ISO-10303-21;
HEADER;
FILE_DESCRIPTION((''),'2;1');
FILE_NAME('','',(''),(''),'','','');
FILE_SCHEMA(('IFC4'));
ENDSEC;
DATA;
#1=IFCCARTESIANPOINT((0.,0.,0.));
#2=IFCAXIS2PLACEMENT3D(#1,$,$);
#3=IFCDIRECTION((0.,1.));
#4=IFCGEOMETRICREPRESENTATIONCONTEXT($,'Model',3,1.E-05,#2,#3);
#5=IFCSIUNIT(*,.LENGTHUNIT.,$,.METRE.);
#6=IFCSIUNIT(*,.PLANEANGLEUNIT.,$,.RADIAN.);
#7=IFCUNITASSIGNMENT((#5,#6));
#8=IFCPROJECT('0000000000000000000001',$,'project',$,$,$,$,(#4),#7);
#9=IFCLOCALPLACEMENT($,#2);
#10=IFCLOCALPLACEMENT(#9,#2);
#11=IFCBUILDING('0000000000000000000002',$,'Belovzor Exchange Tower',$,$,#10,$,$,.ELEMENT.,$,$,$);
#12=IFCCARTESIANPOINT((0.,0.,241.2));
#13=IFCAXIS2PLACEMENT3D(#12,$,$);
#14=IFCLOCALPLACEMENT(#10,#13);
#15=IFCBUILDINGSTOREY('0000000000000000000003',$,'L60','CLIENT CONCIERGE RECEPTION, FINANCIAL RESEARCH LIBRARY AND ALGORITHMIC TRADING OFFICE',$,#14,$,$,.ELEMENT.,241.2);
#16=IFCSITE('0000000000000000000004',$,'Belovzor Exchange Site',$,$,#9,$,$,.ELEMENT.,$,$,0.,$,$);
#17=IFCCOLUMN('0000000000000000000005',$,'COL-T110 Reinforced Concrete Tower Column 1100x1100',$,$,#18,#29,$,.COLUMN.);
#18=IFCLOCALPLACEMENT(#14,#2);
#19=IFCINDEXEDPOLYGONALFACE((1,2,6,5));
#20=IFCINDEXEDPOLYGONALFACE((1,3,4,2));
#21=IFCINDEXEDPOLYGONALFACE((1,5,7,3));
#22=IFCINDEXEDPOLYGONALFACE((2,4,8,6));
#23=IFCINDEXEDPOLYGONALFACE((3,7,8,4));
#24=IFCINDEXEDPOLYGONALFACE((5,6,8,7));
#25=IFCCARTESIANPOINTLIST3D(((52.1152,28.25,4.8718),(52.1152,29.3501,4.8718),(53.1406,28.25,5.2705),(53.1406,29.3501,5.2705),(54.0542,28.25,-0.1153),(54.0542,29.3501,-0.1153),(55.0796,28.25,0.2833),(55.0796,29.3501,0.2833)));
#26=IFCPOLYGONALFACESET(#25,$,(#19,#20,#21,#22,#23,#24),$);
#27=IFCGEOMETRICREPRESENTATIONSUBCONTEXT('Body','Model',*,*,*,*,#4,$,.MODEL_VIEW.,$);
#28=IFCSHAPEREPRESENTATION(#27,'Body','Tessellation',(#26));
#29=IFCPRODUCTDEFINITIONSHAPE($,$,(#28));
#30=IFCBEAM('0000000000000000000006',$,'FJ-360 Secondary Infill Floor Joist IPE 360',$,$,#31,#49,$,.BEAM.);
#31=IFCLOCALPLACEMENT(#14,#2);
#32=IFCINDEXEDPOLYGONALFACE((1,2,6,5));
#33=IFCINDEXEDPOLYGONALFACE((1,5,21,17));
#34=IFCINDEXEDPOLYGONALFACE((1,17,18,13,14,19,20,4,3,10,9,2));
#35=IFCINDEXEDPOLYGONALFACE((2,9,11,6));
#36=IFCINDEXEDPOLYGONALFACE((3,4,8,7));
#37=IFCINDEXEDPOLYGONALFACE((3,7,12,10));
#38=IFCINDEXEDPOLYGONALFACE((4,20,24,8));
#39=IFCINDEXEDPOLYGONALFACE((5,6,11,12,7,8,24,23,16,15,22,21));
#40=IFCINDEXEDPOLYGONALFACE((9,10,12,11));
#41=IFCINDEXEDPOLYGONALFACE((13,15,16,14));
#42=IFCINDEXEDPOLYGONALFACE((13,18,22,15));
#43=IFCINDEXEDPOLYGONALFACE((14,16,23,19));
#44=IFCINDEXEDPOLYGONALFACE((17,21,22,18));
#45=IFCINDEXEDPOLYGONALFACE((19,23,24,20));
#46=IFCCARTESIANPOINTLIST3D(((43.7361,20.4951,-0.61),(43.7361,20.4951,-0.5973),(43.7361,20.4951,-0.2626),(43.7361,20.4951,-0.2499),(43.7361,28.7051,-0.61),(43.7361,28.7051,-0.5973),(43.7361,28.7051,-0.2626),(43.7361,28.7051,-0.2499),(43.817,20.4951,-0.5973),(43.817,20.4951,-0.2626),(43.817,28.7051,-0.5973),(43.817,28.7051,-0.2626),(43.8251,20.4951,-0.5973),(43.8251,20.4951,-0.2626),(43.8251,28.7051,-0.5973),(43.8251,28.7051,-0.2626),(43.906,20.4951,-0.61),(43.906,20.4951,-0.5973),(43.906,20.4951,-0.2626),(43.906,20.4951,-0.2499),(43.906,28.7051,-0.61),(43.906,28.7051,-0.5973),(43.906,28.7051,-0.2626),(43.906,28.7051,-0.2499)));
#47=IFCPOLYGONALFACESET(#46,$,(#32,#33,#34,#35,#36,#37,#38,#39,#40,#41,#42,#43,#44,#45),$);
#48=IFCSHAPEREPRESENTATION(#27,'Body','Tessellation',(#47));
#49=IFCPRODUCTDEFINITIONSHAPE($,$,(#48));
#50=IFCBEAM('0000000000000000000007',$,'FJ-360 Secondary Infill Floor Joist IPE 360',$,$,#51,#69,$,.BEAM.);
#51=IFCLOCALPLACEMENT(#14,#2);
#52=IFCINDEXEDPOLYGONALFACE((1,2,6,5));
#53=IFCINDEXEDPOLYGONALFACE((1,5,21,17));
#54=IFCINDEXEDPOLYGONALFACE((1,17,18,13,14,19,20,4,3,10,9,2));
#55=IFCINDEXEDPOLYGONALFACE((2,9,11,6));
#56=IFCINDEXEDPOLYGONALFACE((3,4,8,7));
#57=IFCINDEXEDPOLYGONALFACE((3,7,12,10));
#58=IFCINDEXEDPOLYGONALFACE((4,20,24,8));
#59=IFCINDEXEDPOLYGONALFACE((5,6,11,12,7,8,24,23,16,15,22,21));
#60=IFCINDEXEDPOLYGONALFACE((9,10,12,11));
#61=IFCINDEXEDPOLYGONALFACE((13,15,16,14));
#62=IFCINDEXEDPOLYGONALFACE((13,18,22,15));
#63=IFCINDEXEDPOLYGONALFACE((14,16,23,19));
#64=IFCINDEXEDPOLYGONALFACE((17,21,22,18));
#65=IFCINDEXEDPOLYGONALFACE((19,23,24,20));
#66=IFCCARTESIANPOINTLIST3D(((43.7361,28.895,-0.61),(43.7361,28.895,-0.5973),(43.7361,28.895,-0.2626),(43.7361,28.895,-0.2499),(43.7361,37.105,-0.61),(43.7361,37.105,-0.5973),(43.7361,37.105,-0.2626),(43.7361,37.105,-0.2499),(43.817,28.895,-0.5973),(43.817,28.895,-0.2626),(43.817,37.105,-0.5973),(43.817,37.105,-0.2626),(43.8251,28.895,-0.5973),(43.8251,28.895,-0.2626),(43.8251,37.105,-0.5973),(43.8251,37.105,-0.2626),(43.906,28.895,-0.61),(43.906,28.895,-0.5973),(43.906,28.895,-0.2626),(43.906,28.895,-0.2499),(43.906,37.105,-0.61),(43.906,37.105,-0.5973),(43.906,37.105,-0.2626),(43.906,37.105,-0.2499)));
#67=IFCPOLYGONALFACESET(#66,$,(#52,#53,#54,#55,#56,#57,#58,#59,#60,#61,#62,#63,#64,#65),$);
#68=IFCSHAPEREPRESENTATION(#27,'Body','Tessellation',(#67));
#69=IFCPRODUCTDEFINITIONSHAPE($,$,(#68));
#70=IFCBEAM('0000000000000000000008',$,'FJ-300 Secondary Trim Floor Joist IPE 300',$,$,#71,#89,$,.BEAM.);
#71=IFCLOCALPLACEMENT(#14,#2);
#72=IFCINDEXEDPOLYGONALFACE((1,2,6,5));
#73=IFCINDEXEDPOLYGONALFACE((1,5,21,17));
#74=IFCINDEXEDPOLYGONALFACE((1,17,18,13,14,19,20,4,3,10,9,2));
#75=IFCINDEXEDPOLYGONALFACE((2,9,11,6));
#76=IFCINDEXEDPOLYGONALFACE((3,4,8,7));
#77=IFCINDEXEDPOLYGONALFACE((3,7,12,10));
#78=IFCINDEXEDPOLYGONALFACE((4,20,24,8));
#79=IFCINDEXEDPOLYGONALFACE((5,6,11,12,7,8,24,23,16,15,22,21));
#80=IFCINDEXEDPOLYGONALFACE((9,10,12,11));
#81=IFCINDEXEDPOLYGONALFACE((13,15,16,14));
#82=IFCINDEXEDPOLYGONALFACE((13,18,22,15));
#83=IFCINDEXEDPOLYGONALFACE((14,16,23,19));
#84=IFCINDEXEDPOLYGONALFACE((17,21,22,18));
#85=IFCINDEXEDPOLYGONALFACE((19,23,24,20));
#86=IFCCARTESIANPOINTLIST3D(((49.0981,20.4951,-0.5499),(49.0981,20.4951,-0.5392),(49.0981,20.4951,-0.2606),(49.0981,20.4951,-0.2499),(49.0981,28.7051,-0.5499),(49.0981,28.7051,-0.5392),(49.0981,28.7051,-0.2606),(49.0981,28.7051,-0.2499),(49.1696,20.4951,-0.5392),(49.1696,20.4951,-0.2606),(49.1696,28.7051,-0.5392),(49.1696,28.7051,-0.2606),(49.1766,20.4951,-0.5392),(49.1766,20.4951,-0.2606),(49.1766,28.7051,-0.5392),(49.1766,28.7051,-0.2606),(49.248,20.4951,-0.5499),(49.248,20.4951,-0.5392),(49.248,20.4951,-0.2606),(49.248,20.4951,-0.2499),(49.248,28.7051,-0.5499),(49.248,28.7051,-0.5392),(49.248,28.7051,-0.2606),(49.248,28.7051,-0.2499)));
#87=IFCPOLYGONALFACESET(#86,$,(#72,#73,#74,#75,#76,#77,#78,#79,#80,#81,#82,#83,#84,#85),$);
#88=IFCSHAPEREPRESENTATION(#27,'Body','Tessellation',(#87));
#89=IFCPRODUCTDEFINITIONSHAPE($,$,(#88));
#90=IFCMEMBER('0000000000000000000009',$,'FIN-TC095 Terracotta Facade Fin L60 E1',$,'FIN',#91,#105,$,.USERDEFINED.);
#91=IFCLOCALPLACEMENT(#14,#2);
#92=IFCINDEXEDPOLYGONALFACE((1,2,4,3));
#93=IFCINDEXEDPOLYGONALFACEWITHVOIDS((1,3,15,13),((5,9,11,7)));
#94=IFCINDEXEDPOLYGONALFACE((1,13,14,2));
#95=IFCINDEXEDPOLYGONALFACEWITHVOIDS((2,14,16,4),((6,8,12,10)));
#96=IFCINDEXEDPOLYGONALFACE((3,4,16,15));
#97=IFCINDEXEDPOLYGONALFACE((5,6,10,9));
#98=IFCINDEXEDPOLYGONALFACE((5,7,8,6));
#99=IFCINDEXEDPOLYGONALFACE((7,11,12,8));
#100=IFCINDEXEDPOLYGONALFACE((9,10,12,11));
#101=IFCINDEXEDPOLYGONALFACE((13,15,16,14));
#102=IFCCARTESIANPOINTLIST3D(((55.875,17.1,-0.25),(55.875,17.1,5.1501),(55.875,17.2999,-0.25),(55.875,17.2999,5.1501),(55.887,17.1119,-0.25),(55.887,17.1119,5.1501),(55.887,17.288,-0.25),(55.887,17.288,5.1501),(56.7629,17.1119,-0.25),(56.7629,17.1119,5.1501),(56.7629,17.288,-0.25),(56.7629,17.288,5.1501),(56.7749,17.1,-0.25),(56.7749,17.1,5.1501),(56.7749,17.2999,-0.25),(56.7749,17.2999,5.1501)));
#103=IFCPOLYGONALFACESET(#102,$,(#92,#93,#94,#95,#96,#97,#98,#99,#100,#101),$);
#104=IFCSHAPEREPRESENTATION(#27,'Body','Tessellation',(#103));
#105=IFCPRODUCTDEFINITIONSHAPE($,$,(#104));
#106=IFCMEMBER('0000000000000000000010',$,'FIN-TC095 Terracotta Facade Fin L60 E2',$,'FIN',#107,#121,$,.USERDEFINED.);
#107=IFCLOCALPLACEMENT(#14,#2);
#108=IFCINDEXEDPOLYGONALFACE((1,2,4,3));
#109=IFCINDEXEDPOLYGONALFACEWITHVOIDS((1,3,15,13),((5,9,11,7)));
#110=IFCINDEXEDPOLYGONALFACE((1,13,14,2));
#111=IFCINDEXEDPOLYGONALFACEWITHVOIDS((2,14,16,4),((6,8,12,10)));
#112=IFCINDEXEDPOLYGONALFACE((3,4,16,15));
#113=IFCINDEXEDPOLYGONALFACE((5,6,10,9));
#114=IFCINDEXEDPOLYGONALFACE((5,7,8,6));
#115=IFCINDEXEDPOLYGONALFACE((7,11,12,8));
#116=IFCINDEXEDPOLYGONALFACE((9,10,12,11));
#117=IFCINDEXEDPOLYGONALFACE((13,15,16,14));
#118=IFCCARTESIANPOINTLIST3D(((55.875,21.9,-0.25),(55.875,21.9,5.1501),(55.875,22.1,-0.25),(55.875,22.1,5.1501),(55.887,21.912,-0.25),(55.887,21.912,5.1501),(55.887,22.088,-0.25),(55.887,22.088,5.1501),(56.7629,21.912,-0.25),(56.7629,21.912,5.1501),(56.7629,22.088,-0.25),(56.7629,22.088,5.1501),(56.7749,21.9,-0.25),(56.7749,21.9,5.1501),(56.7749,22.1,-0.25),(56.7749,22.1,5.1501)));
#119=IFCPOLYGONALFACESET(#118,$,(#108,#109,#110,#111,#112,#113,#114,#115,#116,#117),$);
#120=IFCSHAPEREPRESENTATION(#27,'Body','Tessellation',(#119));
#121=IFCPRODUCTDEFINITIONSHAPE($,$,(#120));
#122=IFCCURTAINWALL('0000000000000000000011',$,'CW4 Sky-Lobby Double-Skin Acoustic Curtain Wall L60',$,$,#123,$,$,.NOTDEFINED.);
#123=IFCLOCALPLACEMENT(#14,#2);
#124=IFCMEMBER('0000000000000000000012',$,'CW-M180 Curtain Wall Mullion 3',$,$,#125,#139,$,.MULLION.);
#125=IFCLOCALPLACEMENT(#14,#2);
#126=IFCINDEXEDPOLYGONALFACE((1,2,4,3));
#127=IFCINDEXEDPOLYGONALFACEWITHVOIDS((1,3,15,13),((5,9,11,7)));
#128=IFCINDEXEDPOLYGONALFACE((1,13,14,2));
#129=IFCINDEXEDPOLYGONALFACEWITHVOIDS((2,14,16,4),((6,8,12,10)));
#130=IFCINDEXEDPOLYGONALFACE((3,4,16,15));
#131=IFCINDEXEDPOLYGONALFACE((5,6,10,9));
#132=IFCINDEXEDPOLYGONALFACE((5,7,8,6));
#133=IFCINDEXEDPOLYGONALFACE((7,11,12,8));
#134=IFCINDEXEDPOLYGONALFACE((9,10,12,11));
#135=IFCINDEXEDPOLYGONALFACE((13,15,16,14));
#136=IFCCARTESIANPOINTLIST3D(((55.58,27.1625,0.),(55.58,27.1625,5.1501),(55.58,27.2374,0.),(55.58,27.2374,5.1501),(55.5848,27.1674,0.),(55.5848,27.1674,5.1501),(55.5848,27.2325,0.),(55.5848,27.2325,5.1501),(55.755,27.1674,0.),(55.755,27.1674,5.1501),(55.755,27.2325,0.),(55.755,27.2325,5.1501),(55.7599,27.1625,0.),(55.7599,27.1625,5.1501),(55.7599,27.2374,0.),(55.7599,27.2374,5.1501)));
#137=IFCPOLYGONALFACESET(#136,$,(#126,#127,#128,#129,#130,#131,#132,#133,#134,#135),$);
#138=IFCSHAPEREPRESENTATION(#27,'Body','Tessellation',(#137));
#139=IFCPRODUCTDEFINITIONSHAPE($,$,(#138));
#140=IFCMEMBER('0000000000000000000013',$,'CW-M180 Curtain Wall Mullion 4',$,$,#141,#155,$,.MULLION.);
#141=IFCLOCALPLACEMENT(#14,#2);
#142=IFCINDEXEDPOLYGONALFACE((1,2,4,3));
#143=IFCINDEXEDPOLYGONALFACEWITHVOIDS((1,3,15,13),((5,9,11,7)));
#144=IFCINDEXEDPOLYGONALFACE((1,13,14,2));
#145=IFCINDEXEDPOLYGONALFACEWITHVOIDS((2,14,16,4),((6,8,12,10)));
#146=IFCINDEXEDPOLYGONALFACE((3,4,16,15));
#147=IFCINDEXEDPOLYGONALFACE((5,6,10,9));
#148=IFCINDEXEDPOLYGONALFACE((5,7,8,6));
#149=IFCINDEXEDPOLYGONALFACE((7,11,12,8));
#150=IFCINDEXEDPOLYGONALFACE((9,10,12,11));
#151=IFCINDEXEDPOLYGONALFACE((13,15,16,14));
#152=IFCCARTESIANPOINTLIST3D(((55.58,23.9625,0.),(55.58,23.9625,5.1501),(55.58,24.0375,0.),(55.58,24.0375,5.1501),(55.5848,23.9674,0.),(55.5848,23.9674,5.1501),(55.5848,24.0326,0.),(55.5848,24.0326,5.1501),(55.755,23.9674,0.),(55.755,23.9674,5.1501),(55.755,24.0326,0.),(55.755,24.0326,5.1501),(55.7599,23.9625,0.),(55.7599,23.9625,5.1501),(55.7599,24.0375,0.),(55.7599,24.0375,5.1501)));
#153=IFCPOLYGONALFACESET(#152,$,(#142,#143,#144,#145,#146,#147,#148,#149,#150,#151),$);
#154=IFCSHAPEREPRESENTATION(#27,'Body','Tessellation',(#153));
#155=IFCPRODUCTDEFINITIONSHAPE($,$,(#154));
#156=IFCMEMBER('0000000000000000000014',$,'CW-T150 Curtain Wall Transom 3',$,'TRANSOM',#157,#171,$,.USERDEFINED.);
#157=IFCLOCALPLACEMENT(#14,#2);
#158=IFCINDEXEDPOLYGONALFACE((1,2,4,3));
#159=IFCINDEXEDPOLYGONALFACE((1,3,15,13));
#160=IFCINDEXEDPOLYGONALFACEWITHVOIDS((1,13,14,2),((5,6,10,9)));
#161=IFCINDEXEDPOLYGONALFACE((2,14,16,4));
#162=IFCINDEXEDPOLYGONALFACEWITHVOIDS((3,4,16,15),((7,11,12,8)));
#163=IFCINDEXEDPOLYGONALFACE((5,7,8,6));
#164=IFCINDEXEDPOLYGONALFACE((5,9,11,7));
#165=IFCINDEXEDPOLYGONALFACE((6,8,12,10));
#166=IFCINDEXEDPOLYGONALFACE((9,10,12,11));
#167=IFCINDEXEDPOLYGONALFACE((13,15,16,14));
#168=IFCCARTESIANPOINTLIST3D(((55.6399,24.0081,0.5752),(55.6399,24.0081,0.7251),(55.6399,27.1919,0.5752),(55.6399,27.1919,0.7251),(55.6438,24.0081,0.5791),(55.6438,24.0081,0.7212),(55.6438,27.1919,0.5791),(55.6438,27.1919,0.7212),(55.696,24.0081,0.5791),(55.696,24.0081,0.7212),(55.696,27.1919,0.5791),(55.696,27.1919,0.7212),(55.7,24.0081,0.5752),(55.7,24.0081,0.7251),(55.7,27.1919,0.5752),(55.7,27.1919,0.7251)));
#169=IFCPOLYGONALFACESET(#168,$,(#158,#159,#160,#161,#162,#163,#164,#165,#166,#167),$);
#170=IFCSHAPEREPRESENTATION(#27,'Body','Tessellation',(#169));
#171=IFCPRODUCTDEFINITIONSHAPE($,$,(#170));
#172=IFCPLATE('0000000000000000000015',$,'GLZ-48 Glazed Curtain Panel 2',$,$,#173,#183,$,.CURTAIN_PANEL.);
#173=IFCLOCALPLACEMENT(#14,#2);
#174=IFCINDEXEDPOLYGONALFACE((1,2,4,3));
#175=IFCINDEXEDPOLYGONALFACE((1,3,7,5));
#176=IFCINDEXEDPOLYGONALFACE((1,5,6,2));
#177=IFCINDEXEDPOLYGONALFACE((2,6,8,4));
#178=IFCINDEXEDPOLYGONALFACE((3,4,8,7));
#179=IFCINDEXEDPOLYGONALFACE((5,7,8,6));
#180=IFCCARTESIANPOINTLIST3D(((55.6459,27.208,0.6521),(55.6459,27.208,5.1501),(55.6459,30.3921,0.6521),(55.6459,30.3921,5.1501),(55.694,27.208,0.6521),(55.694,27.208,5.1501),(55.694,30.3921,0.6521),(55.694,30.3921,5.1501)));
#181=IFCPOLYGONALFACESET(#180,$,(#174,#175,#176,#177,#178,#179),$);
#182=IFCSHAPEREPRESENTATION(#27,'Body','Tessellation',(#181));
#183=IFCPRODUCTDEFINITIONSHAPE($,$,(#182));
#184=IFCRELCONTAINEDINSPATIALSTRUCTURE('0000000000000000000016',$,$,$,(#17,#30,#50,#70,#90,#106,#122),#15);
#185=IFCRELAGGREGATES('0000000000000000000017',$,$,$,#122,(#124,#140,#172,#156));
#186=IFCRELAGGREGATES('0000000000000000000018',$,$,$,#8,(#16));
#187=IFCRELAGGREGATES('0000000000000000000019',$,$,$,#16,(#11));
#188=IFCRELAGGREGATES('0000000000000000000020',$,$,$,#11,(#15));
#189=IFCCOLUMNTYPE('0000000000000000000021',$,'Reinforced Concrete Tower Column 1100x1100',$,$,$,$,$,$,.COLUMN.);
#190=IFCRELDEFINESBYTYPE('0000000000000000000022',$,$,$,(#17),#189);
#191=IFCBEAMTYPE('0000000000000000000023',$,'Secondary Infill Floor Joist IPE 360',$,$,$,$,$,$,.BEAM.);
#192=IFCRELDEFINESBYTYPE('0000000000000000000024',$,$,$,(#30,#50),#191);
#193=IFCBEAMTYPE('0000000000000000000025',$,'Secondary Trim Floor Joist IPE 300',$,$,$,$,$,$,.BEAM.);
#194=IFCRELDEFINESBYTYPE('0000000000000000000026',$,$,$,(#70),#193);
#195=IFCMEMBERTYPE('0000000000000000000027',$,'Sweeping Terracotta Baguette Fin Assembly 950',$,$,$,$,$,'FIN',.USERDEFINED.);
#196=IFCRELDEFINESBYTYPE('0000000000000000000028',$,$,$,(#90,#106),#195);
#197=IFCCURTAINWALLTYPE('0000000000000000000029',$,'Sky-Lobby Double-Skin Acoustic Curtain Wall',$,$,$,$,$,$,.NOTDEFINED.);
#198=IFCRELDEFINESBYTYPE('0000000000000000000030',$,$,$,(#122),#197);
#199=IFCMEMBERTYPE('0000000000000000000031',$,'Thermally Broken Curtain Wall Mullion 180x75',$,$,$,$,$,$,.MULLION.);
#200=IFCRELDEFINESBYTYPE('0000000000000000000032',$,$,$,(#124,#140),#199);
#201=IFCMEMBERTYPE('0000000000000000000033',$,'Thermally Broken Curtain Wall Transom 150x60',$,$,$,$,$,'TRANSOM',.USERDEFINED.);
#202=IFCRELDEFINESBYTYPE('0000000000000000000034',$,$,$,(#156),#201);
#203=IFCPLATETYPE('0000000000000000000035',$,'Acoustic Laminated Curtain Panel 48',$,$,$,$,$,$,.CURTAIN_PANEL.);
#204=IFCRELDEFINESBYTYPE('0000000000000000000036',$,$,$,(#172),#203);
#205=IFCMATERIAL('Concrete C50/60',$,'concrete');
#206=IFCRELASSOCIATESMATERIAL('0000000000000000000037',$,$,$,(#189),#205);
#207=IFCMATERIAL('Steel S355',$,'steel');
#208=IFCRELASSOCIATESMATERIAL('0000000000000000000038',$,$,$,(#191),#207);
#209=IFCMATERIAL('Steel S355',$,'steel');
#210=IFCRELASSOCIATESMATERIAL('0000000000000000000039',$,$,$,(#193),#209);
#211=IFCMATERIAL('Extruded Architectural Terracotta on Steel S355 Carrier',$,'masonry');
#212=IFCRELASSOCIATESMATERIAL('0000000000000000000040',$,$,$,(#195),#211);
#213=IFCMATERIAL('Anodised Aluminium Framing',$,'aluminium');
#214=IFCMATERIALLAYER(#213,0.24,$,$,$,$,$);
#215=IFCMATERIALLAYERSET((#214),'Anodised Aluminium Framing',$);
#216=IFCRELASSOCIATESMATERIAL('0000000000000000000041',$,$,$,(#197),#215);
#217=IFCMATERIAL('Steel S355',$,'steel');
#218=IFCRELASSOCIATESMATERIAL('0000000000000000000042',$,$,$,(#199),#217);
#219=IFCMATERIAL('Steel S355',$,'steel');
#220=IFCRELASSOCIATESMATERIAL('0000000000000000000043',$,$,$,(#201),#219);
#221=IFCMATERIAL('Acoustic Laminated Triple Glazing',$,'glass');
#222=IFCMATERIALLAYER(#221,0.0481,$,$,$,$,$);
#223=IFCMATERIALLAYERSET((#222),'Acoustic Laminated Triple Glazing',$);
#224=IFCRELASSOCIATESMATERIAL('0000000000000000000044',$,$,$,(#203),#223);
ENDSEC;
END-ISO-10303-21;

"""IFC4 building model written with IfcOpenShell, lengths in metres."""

from ifc_helpers import new_model, si_unit, direction, frame, origin, origin_2d, place, context, subcontext, project, spatial, rectangle, hollow_rectangle, i_section, extrude, material, layer, layer_set, material_profile, profile_set, type_object, element, aggregate, save


model = new_model("IFC4")

# Units and contexts
model_context = context("Model", 3, precision=1e-05, world=origin(), true_north=direction((0.0, 1.0)))
body_context = subcontext(model_context, "Body", "Model", "MODEL_VIEW")
ifc_project = project(units=[si_unit("LENGTHUNIT", "METRE"), si_unit("PLANEANGLEUNIT", "RADIAN")], contexts=[model_context])

# Site, building, storey
site_placement = place(None, origin())
site = spatial("IfcSite", under=ifc_project, at=site_placement, Name="Belovzor Exchange Site", CompositionType="ELEMENT", RefElevation=0.0)
building_placement = place(site_placement, origin())
building = spatial("IfcBuilding", under=site, at=building_placement, Name="Belovzor Exchange Tower", CompositionType="ELEMENT")
storey_placement = place(building_placement, frame((0.0, 0.0, 241.2)))
storey = spatial("IfcBuildingStorey", under=building, at=storey_placement, Name="L60", Description="CLIENT CONCIERGE RECEPTION, FINANCIAL RESEARCH LIBRARY AND ALGORITHMIC TRADING OFFICE", CompositionType="ELEMENT", Elevation=241.2)

# Column
ifc_material_1 = material(Name="Concrete C50/60", Category="concrete")
ifc_material_profile_1 = material_profile(ifc_material_1, rectangle(XDim=1.1001, YDim=1.1001, at=origin_2d()))
ifc_profile_set_1 = profile_set([ifc_material_profile_1], Name="Concrete C50/60")
column_type = type_object("IfcColumnType", Name="Reinforced Concrete Tower Column 1100x1100", PredefinedType="COLUMN", material=ifc_profile_set_1)
column_placement = place(storey_placement, frame((54.5669, 28.8, 0.084), z_axis=(-0.362374, 0.0, 0.932033), x_axis=(0.0, -1.0, 0.0)))
element("IfcColumn", 1, at=column_placement, inside=storey, type_object=column_type, Name="COL-T110 Reinforced Concrete Tower Column 1100x1100", PredefinedType="COLUMN", context=body_context, shape_type="SweptSolid", body=[
    extrude(rectangle(XDim=1.1001, YDim=1.1001, at=origin_2d()), origin(), (0.0, 0.0, 1.0), 5.3508),
])

# Beams
ifc_material_2 = material(Name="Steel S355", Category="steel")
ifc_material_profile_2 = material_profile(ifc_material_2, i_section(OverallWidth=0.1699, OverallDepth=0.3601, WebThickness=0.0081, FlangeThickness=0.0127, at=origin_2d()))
ifc_profile_set_2 = profile_set([ifc_material_profile_2], Name="Steel S355")
beam_type_1 = type_object("IfcBeamType", Name="Secondary Infill Floor Joist IPE 360", PredefinedType="BEAM", material=ifc_profile_set_2)
for number, where, z_axis, x_axis, name in (
    (2, (43.821, 20.4951, -0.4299), (0.0, 1.0, 0.0), (-1.0, 0.0, 0.0), "FJ-360 Secondary Infill Floor Joist IPE 360"),
    (3, (43.821, 28.895, -0.4299), (0.0, 1.0, 0.0), (-1.0, 0.0, 0.0), "FJ-360 Secondary Infill Floor Joist IPE 360"),
):
    element("IfcBeam", number, at=place(storey_placement, frame(where, z_axis=z_axis, x_axis=x_axis)), inside=storey, type_object=beam_type_1, Name=name, PredefinedType="BEAM", context=body_context, shape_type="SweptSolid", body=[
        extrude(i_section(OverallWidth=0.1699, OverallDepth=0.3601, WebThickness=0.0081, FlangeThickness=0.0127, at=origin_2d()), origin(), (0.0, 0.0, 1.0), 8.21),
    ])
ifc_material_3 = material(Name="Steel S355", Category="steel")
ifc_material_profile_3 = material_profile(ifc_material_3, i_section(OverallWidth=0.1499, OverallDepth=0.3, WebThickness=0.0071, FlangeThickness=0.0107, at=origin_2d()))
ifc_profile_set_3 = profile_set([ifc_material_profile_3], Name="Steel S355")
beam_type_2 = type_object("IfcBeamType", Name="Secondary Trim Floor Joist IPE 300", PredefinedType="BEAM", material=ifc_profile_set_3)
beam_placement = place(storey_placement, frame((49.1731, 20.4951, -0.3999), z_axis=(0.0, 1.0, 0.0), x_axis=(-1.0, 0.0, 0.0)))
element("IfcBeam", 4, at=beam_placement, inside=storey, type_object=beam_type_2, Name="FJ-300 Secondary Trim Floor Joist IPE 300", PredefinedType="BEAM", context=body_context, shape_type="SweptSolid", body=[
    extrude(i_section(OverallWidth=0.1499, OverallDepth=0.3, WebThickness=0.0071, FlangeThickness=0.0107, at=origin_2d()), origin(), (0.0, 0.0, 1.0), 8.21),
])

# Members
ifc_material_4 = material(Name="Extruded Architectural Terracotta on Steel S355 Carrier", Category="masonry")
ifc_material_profile_4 = material_profile(ifc_material_4, hollow_rectangle(XDim=0.2, YDim=0.8999, WallThickness=0.012, at=origin_2d()))
ifc_profile_set_4 = profile_set([ifc_material_profile_4], Name="Extruded Architectural Terracotta on Steel S355 Carrier")
member_type_1 = type_object("IfcMemberType", Name="Sweeping Terracotta Baguette Fin Assembly 950", ElementType="FIN", PredefinedType="USERDEFINED", material=ifc_profile_set_4)
for number, where, z_axis, x_axis, name in (
    (5, (56.325, 17.2, -0.25), (0.0, 0.0, 1.0), (0.0, 1.0, 0.0), "FIN-TC095 Terracotta Facade Fin L60 E1"),
    (6, (56.325, 22.0, -0.25), (0.0, 0.0, 1.0), (0.0, 1.0, 0.0), "FIN-TC095 Terracotta Facade Fin L60 E2"),
):
    element("IfcMember", number, at=place(storey_placement, frame(where, z_axis=z_axis, x_axis=x_axis)), inside=storey, type_object=member_type_1, Name=name, ObjectType="FIN", PredefinedType="USERDEFINED", context=body_context, shape_type="SweptSolid", body=[
        extrude(hollow_rectangle(XDim=0.2, YDim=0.8999, WallThickness=0.012, at=origin_2d()), origin(), (0.0, 0.0, 1.0), 5.4001),
    ])

# Curtain wall, members, plate
ifc_material_5 = material(Name="Anodised Aluminium Framing", Category="aluminium")
ifc_layer_1 = layer(ifc_material_5, 0.24)
ifc_layer_set_1 = layer_set([ifc_layer_1], Name="Anodised Aluminium Framing")
curtain_wall_type = type_object("IfcCurtainWallType", Name="Sky-Lobby Double-Skin Acoustic Curtain Wall", PredefinedType="NOTDEFINED", material=ifc_layer_set_1)
curtain_wall_placement = place(storey_placement, origin())
curtain_wall = element("IfcCurtainWall", 7, at=curtain_wall_placement, inside=storey, type_object=curtain_wall_type, Name="CW4 Sky-Lobby Double-Skin Acoustic Curtain Wall L60", PredefinedType="NOTDEFINED")
ifc_material_6 = material(Name="Steel S355", Category="steel")
ifc_material_profile_5 = material_profile(ifc_material_6, hollow_rectangle(XDim=0.075, YDim=0.1799, WallThickness=0.0049, at=origin_2d()))
ifc_profile_set_5 = profile_set([ifc_material_profile_5], Name="Steel S355")
member_type_2 = type_object("IfcMemberType", Name="Thermally Broken Curtain Wall Mullion 180x75", PredefinedType="MULLION", material=ifc_profile_set_5)
member_1_placement = place(storey_placement, frame((55.6699, 27.2, 0.0), z_axis=(0.0, 0.0, 1.0), x_axis=(0.0, -1.0, 0.0)))
member_1 = element("IfcMember", 8, at=member_1_placement, type_object=member_type_2, Name="CW-M180 Curtain Wall Mullion 3", PredefinedType="MULLION", context=body_context, shape_type="SweptSolid", body=[
    extrude(hollow_rectangle(XDim=0.075, YDim=0.1799, WallThickness=0.0049, at=origin_2d()), origin(), (0.0, 0.0, 1.0), 5.1501),
])
member_2_placement = place(storey_placement, frame((55.6699, 24.0, 0.0), z_axis=(0.0, 0.0, 1.0), x_axis=(0.0, -1.0, 0.0)))
member_2 = element("IfcMember", 9, at=member_2_placement, type_object=member_type_2, Name="CW-M180 Curtain Wall Mullion 4", PredefinedType="MULLION", context=body_context, shape_type="SweptSolid", body=[
    extrude(hollow_rectangle(XDim=0.075, YDim=0.1799, WallThickness=0.0049, at=origin_2d()), origin(), (0.0, 0.0, 1.0), 5.1501),
])
ifc_material_7 = material(Name="Steel S355", Category="steel")
ifc_material_profile_6 = material_profile(ifc_material_7, hollow_rectangle(XDim=0.0601, YDim=0.1499, WallThickness=0.0039, at=origin_2d()))
ifc_profile_set_6 = profile_set([ifc_material_profile_6], Name="Steel S355")
member_type_3 = type_object("IfcMemberType", Name="Thermally Broken Curtain Wall Transom 150x60", ElementType="TRANSOM", PredefinedType="USERDEFINED", material=ifc_profile_set_6)
member_3_placement = place(storey_placement, frame((55.6699, 27.1919, 0.6501), z_axis=(0.0, -1.0, 0.0), x_axis=(1.0, 0.0, 0.0)))
member_3 = element("IfcMember", 10, at=member_3_placement, type_object=member_type_3, Name="CW-T150 Curtain Wall Transom 3", ObjectType="TRANSOM", PredefinedType="USERDEFINED", context=body_context, shape_type="SweptSolid", body=[
    extrude(hollow_rectangle(XDim=0.0601, YDim=0.1499, WallThickness=0.0039, at=origin_2d()), origin(), (0.0, 0.0, 1.0), 3.1838),
])
ifc_material_8 = material(Name="Acoustic Laminated Triple Glazing", Category="glass")
ifc_layer_2 = layer(ifc_material_8, 0.0481)
ifc_layer_set_2 = layer_set([ifc_layer_2], Name="Acoustic Laminated Triple Glazing")
plate_type_1 = type_object("IfcPlateType", Name="Acoustic Laminated Curtain Panel 48", PredefinedType="CURTAIN_PANEL", material=ifc_layer_set_2)
plate_1_placement = place(storey_placement, frame((55.6699, 28.8, 0.6521), z_axis=(0.0, 0.0, 1.0), x_axis=(0.0, -1.0, 0.0)))
plate_1 = element("IfcPlate", 11, at=plate_1_placement, type_object=plate_type_1, Name="GLZ-48 Glazed Curtain Panel 2", PredefinedType="CURTAIN_PANEL", context=body_context, shape_type="SweptSolid", body=[
    extrude(rectangle(XDim=3.1841, YDim=0.0481, at=origin_2d()), origin(), (0.0, 0.0, 1.0), 4.498),
])

aggregate(curtain_wall, [member_1, member_2, plate_1, member_3])

save(model, "model.ifc")
